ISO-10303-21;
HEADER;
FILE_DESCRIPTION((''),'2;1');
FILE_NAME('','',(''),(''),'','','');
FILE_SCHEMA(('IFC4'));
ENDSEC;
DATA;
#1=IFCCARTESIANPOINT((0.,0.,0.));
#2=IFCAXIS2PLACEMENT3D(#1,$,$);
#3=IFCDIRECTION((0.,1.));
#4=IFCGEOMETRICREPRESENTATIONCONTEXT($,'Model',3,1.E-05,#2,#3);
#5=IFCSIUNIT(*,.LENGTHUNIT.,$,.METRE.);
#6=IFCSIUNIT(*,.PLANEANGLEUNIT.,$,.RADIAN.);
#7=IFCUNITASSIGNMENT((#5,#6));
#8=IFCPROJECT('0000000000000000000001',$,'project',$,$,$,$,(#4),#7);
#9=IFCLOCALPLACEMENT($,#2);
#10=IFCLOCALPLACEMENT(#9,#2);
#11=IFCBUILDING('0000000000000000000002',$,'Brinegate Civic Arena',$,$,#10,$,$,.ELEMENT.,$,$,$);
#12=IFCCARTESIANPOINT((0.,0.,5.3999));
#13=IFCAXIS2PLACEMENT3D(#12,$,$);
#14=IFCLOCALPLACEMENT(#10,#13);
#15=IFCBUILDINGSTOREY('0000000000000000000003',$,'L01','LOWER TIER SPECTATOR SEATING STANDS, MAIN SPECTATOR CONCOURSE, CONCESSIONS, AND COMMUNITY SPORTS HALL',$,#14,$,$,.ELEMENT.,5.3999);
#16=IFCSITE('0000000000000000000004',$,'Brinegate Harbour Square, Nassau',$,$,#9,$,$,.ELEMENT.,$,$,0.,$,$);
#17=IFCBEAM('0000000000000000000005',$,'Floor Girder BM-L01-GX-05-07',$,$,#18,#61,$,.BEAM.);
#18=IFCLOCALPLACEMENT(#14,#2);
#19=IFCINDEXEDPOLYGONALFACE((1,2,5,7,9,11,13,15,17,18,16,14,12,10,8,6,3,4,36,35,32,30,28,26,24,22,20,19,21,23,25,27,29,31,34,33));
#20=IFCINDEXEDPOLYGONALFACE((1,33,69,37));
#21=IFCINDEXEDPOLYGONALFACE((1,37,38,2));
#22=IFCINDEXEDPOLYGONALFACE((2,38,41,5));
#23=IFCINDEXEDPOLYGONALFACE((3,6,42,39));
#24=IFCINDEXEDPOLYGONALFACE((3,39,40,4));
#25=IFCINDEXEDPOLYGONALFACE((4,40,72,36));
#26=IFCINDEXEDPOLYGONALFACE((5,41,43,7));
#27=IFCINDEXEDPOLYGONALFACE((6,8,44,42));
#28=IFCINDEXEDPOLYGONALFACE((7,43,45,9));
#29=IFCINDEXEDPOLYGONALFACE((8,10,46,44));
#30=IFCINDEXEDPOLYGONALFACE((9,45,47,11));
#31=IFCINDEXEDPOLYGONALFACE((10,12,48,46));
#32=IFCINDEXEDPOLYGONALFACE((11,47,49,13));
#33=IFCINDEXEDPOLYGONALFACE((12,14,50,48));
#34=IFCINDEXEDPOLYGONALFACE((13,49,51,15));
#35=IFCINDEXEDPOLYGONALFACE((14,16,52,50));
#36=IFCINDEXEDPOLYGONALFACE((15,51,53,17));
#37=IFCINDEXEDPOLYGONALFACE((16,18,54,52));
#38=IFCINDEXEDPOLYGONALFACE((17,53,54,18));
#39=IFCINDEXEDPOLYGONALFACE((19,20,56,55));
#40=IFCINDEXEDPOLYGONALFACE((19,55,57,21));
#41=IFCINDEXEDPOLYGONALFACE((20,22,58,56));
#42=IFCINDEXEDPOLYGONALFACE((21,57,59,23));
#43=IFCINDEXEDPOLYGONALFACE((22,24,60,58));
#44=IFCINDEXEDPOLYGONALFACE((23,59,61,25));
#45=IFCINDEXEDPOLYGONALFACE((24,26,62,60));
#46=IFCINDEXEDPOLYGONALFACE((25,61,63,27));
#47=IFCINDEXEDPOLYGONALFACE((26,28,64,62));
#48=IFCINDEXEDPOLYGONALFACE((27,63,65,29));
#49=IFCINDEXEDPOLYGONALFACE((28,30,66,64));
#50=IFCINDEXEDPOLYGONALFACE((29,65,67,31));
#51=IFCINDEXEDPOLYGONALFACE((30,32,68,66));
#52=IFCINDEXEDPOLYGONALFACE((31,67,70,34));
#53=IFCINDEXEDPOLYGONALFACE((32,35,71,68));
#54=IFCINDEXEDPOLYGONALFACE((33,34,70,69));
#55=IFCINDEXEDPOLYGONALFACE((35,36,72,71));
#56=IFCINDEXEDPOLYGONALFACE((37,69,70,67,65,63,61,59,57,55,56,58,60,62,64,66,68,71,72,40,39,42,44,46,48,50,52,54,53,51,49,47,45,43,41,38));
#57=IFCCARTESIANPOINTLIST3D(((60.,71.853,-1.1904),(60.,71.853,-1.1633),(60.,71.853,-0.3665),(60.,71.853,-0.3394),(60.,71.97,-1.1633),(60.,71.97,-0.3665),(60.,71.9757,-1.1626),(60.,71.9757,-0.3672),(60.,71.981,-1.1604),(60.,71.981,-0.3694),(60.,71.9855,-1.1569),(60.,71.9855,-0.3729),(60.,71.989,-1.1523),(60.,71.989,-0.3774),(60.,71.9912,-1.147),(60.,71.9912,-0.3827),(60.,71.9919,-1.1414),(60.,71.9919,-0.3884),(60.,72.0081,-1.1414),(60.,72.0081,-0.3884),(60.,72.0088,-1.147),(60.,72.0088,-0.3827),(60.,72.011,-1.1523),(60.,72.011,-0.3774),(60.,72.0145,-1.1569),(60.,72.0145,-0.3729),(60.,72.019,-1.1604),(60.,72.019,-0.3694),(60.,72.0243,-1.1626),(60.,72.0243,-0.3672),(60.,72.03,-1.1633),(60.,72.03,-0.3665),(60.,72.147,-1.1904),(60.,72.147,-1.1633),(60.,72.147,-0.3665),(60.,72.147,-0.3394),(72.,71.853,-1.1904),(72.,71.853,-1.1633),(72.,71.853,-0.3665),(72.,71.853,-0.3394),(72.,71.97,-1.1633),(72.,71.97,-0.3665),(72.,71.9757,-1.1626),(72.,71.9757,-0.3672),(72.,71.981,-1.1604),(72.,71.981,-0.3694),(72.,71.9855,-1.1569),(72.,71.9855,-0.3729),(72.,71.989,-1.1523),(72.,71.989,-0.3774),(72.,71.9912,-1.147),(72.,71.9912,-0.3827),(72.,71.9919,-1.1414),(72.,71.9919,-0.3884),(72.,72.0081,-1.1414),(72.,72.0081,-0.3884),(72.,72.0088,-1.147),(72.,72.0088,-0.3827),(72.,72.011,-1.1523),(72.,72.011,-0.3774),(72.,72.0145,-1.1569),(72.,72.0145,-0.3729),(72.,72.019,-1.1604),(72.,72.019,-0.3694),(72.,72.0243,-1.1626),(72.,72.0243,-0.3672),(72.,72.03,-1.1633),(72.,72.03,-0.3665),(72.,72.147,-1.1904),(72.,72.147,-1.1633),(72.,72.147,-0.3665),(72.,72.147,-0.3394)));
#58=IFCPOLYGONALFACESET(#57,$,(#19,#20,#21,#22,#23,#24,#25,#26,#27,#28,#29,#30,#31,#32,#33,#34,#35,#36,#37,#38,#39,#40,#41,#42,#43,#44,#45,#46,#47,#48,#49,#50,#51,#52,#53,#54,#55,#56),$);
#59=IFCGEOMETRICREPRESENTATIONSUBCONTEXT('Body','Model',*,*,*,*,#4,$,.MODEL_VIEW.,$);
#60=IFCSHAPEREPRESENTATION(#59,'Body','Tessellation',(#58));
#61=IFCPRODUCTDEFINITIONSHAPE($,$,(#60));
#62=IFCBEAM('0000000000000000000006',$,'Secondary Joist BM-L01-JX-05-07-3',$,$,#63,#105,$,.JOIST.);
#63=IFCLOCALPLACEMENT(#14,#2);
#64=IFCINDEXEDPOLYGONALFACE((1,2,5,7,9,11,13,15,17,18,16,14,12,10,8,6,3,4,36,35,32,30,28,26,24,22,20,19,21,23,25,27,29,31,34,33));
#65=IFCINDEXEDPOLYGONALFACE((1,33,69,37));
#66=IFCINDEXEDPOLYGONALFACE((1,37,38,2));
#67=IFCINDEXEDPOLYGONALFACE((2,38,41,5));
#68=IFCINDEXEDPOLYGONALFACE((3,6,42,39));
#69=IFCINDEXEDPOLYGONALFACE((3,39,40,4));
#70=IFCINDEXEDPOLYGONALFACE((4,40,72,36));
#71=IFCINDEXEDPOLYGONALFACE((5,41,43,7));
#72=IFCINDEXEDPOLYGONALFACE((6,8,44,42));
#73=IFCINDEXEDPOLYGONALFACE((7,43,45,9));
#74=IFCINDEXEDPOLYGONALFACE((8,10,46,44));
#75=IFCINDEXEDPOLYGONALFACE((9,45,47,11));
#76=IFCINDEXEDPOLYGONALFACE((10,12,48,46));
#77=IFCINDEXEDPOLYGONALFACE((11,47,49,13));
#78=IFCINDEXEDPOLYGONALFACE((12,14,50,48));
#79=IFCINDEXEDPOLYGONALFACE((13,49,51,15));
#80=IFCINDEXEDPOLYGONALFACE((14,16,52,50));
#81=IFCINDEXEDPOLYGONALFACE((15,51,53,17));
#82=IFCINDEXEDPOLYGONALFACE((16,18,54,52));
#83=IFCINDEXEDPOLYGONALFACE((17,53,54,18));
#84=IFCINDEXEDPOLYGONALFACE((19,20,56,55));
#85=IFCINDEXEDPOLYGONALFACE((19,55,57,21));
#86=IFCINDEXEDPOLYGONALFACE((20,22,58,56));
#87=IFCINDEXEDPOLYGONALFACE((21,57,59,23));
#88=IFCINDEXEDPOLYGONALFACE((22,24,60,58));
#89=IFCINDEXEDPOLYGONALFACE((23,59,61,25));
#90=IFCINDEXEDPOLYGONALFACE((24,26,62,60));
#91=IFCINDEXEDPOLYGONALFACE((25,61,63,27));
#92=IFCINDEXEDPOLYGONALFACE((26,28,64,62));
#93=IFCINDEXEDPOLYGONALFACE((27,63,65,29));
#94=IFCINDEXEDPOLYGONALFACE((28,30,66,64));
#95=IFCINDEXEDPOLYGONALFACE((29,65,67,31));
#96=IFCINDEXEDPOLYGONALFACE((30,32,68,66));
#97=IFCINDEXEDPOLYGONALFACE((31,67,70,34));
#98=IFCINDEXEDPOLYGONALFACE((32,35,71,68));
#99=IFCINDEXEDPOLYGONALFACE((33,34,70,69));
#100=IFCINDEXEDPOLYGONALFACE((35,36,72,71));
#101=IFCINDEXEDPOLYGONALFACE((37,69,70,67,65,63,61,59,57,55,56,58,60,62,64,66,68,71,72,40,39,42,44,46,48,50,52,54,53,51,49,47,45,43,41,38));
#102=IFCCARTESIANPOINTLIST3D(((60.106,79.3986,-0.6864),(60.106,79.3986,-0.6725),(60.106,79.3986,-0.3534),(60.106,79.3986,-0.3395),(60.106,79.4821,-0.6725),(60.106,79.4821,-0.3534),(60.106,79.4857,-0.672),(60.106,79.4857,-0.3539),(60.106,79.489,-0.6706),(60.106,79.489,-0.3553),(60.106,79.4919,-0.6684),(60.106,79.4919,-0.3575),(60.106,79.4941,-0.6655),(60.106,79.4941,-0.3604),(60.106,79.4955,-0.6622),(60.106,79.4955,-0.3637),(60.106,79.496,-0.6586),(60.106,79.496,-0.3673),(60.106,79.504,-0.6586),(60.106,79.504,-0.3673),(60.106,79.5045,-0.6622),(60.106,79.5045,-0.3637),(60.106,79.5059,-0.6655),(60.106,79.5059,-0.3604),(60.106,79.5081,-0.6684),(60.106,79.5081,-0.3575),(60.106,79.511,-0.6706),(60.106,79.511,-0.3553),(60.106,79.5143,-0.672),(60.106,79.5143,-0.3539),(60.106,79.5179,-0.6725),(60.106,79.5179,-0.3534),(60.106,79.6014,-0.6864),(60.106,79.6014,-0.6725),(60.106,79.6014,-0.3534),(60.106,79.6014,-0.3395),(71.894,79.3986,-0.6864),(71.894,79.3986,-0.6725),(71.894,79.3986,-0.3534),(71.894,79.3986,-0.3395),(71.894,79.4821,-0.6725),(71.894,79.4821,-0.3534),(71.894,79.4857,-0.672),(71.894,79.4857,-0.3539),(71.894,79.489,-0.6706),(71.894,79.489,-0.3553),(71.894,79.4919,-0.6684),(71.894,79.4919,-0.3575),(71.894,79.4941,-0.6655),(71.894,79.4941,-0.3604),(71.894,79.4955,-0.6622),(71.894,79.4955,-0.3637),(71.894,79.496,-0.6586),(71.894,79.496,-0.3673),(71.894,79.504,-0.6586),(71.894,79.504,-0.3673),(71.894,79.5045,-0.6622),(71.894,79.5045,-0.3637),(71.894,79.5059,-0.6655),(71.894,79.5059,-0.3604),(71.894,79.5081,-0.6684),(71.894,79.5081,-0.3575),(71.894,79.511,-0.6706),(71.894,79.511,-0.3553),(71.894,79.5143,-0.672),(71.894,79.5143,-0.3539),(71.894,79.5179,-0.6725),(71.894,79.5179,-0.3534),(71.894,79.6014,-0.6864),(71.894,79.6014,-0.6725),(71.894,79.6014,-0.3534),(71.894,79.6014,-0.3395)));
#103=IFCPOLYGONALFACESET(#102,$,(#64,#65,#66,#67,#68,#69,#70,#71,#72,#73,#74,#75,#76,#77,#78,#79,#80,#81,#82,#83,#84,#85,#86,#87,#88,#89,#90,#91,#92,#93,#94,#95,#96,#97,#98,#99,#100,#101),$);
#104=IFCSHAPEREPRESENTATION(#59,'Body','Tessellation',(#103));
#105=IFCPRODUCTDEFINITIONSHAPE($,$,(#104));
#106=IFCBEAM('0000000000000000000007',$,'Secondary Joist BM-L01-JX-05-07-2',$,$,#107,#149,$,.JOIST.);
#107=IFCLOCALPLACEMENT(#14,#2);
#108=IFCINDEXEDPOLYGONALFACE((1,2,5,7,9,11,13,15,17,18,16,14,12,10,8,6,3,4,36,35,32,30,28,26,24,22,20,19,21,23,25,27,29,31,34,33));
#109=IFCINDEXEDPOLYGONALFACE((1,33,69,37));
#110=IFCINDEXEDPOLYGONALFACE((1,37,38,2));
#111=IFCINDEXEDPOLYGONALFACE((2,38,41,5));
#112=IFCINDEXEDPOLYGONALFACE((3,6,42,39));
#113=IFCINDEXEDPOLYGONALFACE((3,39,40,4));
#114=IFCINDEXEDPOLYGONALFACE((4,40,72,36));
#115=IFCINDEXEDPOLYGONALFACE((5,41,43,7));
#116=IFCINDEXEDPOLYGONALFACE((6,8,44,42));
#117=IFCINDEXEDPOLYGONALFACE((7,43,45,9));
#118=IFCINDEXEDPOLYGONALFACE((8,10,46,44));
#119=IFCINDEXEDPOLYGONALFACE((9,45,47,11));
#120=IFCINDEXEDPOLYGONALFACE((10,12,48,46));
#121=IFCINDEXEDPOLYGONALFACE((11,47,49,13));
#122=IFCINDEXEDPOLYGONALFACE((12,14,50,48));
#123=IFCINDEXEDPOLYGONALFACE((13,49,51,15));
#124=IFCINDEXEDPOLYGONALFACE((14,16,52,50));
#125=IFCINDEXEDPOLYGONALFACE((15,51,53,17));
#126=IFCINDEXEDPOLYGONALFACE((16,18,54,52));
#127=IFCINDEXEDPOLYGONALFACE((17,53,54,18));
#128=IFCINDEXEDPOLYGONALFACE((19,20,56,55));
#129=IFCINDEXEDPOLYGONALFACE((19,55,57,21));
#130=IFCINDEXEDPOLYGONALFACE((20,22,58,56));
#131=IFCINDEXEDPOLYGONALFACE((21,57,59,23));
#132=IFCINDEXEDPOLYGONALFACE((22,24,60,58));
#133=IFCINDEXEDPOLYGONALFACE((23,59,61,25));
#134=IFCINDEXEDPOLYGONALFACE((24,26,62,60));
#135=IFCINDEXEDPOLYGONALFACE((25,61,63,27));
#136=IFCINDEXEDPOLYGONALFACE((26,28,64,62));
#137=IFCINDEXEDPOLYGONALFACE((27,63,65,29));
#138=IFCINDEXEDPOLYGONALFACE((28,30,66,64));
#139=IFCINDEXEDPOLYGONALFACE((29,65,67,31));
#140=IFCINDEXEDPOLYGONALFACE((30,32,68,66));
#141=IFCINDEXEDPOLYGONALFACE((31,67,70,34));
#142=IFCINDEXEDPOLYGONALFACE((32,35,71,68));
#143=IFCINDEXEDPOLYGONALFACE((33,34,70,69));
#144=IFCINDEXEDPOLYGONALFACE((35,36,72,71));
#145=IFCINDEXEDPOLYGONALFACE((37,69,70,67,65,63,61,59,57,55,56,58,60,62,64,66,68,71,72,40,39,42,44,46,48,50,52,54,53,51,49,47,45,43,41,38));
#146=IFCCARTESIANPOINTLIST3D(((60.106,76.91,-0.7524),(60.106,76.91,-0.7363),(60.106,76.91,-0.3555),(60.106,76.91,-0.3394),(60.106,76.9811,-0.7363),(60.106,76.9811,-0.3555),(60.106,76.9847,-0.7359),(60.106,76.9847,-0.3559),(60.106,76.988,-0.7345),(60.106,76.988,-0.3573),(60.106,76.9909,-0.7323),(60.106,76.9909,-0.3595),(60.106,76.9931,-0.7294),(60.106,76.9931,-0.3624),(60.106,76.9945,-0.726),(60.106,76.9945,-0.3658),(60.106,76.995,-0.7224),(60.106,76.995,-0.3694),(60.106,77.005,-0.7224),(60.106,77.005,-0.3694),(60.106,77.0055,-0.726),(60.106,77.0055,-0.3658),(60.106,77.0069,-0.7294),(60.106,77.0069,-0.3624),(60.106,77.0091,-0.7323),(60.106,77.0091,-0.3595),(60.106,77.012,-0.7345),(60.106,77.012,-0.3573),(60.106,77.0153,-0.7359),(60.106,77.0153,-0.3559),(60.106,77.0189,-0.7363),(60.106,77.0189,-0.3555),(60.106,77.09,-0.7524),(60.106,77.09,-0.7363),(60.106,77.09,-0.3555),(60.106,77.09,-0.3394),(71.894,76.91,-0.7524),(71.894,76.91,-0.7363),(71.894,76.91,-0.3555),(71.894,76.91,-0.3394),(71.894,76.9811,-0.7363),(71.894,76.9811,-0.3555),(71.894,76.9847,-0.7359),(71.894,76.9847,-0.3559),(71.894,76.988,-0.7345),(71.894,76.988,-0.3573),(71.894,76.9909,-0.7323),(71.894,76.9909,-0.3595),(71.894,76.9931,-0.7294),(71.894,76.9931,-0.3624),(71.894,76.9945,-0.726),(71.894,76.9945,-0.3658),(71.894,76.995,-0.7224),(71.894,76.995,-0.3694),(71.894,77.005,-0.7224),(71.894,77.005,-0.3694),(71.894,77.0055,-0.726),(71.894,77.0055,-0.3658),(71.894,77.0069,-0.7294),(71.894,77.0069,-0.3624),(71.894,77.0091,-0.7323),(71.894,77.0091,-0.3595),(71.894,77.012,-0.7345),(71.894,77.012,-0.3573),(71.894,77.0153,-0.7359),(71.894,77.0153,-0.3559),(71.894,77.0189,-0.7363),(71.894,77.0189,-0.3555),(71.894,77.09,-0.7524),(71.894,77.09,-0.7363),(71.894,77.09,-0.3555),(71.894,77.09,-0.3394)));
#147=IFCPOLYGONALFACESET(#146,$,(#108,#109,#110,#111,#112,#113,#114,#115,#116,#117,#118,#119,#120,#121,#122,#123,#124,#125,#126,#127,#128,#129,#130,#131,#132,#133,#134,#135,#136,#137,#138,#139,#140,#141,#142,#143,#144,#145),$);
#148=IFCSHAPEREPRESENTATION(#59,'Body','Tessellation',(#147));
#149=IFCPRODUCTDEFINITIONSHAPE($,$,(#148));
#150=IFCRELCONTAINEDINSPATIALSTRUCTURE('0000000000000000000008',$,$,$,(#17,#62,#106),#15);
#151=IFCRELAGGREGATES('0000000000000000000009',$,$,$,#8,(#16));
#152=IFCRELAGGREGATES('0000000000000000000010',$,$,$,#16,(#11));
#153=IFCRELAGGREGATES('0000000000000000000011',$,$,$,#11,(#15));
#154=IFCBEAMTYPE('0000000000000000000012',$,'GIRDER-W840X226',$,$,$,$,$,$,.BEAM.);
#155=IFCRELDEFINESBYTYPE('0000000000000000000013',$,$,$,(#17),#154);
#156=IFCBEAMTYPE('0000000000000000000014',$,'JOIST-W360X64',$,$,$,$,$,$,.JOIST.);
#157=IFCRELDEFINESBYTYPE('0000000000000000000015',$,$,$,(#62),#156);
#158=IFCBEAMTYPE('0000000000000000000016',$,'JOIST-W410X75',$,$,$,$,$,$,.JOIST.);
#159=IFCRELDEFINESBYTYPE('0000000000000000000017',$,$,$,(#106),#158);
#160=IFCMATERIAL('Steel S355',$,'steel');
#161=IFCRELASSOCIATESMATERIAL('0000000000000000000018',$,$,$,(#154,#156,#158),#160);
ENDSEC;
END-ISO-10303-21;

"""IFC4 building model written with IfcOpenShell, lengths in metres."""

from ifc_helpers import new_model, si_unit, direction, frame, origin, origin_2d, place, context, subcontext, project, spatial, i_section, extrude, material, material_profile, profile_set, type_object, element, save


model = new_model("IFC4")

# Units and contexts
model_context = context("Model", 3, precision=1e-05, world=origin(), true_north=direction((0.0, 1.0)))
body_context = subcontext(model_context, "Body", "Model", "MODEL_VIEW")
ifc_project = project(units=[si_unit("LENGTHUNIT", "METRE"), si_unit("PLANEANGLEUNIT", "RADIAN")], contexts=[model_context])

# Site, building, storey
site_placement = place(None, origin())
site = spatial("IfcSite", under=ifc_project, at=site_placement, Name="Brinegate Harbour Square, Nassau", CompositionType="ELEMENT", RefElevation=0.0)
building_placement = place(site_placement, origin())
building = spatial("IfcBuilding", under=site, at=building_placement, Name="Brinegate Civic Arena", CompositionType="ELEMENT")
storey_placement = place(building_placement, frame((0.0, 0.0, 5.3999)))
storey = spatial("IfcBuildingStorey", under=building, at=storey_placement, Name="L01", Description="LOWER TIER SPECTATOR SEATING STANDS, MAIN SPECTATOR CONCOURSE, CONCESSIONS, AND COMMUNITY SPORTS HALL", CompositionType="ELEMENT", Elevation=5.3999)

# Beams
ifc_material_1 = material(Name="Steel S355", Category="steel")
ifc_material_profile_1 = material_profile(ifc_material_1, i_section(OverallWidth=0.2939, OverallDepth=0.8511, WebThickness=0.0161, FlangeThickness=0.0271, FilletRadius=0.022, at=origin_2d()), Name="W840X226")
ifc_profile_set_1 = profile_set([ifc_material_profile_1], Name="Steel S355")
beam_type_1 = type_object("IfcBeamType", Name="GIRDER-W840X226", PredefinedType="BEAM", material=ifc_profile_set_1)
beam_1_placement = place(storey_placement, frame((60.0, 72.0, -0.7649), z_axis=(1.0, 0.0, 0.0), x_axis=(0.0, 1.0, 0.0)))
element("IfcBeam", 1, at=beam_1_placement, inside=storey, type_object=beam_type_1, Name="Floor Girder BM-L01-GX-05-07", PredefinedType="BEAM", context=body_context, shape_type="SweptSolid", body=[
    extrude(i_section(OverallWidth=0.2939, OverallDepth=0.8511, WebThickness=0.0161, FlangeThickness=0.0271, FilletRadius=0.022, at=origin_2d()), origin(), (0.0, 0.0, 1.0), 12.0),
])
ifc_material_profile_2 = material_profile(ifc_material_1, i_section(OverallWidth=0.2029, OverallDepth=0.3469, WebThickness=0.0081, FlangeThickness=0.0139, FilletRadius=0.0139, at=origin_2d()), Name="W360X64")
ifc_profile_set_2 = profile_set([ifc_material_profile_2], Name="Steel S355")
beam_type_2 = type_object("IfcBeamType", Name="JOIST-W360X64", PredefinedType="JOIST", material=ifc_profile_set_2)
beam_2_placement = place(storey_placement, frame((60.106, 79.5, -0.5129), z_axis=(1.0, 0.0, 0.0), x_axis=(0.0, 1.0, 0.0)))
element("IfcBeam", 2, at=beam_2_placement, inside=storey, type_object=beam_type_2, Name="Secondary Joist BM-L01-JX-05-07-3", PredefinedType="JOIST", context=body_context, shape_type="SweptSolid", body=[
    extrude(i_section(OverallWidth=0.2029, OverallDepth=0.3469, WebThickness=0.0081, FlangeThickness=0.0139, FilletRadius=0.0139, at=origin_2d()), origin(), (0.0, 0.0, 1.0), 11.7881),
])
ifc_material_profile_3 = material_profile(ifc_material_1, i_section(OverallWidth=0.1799, OverallDepth=0.4131, WebThickness=0.01, FlangeThickness=0.0161, FilletRadius=0.0139, at=origin_2d()), Name="W410X75")
ifc_profile_set_3 = profile_set([ifc_material_profile_3], Name="Steel S355")
beam_type_3 = type_object("IfcBeamType", Name="JOIST-W410X75", PredefinedType="JOIST", material=ifc_profile_set_3)
beam_3_placement = place(storey_placement, frame((60.106, 77.0, -0.5459), z_axis=(1.0, 0.0, 0.0), x_axis=(0.0, 1.0, 0.0)))
element("IfcBeam", 3, at=beam_3_placement, inside=storey, type_object=beam_type_3, Name="Secondary Joist BM-L01-JX-05-07-2", PredefinedType="JOIST", context=body_context, shape_type="SweptSolid", body=[
    extrude(i_section(OverallWidth=0.1799, OverallDepth=0.4131, WebThickness=0.01, FlangeThickness=0.0161, FilletRadius=0.0139, at=origin_2d()), origin(), (0.0, 0.0, 1.0), 11.7881),
])

save(model, "model.ifc")
